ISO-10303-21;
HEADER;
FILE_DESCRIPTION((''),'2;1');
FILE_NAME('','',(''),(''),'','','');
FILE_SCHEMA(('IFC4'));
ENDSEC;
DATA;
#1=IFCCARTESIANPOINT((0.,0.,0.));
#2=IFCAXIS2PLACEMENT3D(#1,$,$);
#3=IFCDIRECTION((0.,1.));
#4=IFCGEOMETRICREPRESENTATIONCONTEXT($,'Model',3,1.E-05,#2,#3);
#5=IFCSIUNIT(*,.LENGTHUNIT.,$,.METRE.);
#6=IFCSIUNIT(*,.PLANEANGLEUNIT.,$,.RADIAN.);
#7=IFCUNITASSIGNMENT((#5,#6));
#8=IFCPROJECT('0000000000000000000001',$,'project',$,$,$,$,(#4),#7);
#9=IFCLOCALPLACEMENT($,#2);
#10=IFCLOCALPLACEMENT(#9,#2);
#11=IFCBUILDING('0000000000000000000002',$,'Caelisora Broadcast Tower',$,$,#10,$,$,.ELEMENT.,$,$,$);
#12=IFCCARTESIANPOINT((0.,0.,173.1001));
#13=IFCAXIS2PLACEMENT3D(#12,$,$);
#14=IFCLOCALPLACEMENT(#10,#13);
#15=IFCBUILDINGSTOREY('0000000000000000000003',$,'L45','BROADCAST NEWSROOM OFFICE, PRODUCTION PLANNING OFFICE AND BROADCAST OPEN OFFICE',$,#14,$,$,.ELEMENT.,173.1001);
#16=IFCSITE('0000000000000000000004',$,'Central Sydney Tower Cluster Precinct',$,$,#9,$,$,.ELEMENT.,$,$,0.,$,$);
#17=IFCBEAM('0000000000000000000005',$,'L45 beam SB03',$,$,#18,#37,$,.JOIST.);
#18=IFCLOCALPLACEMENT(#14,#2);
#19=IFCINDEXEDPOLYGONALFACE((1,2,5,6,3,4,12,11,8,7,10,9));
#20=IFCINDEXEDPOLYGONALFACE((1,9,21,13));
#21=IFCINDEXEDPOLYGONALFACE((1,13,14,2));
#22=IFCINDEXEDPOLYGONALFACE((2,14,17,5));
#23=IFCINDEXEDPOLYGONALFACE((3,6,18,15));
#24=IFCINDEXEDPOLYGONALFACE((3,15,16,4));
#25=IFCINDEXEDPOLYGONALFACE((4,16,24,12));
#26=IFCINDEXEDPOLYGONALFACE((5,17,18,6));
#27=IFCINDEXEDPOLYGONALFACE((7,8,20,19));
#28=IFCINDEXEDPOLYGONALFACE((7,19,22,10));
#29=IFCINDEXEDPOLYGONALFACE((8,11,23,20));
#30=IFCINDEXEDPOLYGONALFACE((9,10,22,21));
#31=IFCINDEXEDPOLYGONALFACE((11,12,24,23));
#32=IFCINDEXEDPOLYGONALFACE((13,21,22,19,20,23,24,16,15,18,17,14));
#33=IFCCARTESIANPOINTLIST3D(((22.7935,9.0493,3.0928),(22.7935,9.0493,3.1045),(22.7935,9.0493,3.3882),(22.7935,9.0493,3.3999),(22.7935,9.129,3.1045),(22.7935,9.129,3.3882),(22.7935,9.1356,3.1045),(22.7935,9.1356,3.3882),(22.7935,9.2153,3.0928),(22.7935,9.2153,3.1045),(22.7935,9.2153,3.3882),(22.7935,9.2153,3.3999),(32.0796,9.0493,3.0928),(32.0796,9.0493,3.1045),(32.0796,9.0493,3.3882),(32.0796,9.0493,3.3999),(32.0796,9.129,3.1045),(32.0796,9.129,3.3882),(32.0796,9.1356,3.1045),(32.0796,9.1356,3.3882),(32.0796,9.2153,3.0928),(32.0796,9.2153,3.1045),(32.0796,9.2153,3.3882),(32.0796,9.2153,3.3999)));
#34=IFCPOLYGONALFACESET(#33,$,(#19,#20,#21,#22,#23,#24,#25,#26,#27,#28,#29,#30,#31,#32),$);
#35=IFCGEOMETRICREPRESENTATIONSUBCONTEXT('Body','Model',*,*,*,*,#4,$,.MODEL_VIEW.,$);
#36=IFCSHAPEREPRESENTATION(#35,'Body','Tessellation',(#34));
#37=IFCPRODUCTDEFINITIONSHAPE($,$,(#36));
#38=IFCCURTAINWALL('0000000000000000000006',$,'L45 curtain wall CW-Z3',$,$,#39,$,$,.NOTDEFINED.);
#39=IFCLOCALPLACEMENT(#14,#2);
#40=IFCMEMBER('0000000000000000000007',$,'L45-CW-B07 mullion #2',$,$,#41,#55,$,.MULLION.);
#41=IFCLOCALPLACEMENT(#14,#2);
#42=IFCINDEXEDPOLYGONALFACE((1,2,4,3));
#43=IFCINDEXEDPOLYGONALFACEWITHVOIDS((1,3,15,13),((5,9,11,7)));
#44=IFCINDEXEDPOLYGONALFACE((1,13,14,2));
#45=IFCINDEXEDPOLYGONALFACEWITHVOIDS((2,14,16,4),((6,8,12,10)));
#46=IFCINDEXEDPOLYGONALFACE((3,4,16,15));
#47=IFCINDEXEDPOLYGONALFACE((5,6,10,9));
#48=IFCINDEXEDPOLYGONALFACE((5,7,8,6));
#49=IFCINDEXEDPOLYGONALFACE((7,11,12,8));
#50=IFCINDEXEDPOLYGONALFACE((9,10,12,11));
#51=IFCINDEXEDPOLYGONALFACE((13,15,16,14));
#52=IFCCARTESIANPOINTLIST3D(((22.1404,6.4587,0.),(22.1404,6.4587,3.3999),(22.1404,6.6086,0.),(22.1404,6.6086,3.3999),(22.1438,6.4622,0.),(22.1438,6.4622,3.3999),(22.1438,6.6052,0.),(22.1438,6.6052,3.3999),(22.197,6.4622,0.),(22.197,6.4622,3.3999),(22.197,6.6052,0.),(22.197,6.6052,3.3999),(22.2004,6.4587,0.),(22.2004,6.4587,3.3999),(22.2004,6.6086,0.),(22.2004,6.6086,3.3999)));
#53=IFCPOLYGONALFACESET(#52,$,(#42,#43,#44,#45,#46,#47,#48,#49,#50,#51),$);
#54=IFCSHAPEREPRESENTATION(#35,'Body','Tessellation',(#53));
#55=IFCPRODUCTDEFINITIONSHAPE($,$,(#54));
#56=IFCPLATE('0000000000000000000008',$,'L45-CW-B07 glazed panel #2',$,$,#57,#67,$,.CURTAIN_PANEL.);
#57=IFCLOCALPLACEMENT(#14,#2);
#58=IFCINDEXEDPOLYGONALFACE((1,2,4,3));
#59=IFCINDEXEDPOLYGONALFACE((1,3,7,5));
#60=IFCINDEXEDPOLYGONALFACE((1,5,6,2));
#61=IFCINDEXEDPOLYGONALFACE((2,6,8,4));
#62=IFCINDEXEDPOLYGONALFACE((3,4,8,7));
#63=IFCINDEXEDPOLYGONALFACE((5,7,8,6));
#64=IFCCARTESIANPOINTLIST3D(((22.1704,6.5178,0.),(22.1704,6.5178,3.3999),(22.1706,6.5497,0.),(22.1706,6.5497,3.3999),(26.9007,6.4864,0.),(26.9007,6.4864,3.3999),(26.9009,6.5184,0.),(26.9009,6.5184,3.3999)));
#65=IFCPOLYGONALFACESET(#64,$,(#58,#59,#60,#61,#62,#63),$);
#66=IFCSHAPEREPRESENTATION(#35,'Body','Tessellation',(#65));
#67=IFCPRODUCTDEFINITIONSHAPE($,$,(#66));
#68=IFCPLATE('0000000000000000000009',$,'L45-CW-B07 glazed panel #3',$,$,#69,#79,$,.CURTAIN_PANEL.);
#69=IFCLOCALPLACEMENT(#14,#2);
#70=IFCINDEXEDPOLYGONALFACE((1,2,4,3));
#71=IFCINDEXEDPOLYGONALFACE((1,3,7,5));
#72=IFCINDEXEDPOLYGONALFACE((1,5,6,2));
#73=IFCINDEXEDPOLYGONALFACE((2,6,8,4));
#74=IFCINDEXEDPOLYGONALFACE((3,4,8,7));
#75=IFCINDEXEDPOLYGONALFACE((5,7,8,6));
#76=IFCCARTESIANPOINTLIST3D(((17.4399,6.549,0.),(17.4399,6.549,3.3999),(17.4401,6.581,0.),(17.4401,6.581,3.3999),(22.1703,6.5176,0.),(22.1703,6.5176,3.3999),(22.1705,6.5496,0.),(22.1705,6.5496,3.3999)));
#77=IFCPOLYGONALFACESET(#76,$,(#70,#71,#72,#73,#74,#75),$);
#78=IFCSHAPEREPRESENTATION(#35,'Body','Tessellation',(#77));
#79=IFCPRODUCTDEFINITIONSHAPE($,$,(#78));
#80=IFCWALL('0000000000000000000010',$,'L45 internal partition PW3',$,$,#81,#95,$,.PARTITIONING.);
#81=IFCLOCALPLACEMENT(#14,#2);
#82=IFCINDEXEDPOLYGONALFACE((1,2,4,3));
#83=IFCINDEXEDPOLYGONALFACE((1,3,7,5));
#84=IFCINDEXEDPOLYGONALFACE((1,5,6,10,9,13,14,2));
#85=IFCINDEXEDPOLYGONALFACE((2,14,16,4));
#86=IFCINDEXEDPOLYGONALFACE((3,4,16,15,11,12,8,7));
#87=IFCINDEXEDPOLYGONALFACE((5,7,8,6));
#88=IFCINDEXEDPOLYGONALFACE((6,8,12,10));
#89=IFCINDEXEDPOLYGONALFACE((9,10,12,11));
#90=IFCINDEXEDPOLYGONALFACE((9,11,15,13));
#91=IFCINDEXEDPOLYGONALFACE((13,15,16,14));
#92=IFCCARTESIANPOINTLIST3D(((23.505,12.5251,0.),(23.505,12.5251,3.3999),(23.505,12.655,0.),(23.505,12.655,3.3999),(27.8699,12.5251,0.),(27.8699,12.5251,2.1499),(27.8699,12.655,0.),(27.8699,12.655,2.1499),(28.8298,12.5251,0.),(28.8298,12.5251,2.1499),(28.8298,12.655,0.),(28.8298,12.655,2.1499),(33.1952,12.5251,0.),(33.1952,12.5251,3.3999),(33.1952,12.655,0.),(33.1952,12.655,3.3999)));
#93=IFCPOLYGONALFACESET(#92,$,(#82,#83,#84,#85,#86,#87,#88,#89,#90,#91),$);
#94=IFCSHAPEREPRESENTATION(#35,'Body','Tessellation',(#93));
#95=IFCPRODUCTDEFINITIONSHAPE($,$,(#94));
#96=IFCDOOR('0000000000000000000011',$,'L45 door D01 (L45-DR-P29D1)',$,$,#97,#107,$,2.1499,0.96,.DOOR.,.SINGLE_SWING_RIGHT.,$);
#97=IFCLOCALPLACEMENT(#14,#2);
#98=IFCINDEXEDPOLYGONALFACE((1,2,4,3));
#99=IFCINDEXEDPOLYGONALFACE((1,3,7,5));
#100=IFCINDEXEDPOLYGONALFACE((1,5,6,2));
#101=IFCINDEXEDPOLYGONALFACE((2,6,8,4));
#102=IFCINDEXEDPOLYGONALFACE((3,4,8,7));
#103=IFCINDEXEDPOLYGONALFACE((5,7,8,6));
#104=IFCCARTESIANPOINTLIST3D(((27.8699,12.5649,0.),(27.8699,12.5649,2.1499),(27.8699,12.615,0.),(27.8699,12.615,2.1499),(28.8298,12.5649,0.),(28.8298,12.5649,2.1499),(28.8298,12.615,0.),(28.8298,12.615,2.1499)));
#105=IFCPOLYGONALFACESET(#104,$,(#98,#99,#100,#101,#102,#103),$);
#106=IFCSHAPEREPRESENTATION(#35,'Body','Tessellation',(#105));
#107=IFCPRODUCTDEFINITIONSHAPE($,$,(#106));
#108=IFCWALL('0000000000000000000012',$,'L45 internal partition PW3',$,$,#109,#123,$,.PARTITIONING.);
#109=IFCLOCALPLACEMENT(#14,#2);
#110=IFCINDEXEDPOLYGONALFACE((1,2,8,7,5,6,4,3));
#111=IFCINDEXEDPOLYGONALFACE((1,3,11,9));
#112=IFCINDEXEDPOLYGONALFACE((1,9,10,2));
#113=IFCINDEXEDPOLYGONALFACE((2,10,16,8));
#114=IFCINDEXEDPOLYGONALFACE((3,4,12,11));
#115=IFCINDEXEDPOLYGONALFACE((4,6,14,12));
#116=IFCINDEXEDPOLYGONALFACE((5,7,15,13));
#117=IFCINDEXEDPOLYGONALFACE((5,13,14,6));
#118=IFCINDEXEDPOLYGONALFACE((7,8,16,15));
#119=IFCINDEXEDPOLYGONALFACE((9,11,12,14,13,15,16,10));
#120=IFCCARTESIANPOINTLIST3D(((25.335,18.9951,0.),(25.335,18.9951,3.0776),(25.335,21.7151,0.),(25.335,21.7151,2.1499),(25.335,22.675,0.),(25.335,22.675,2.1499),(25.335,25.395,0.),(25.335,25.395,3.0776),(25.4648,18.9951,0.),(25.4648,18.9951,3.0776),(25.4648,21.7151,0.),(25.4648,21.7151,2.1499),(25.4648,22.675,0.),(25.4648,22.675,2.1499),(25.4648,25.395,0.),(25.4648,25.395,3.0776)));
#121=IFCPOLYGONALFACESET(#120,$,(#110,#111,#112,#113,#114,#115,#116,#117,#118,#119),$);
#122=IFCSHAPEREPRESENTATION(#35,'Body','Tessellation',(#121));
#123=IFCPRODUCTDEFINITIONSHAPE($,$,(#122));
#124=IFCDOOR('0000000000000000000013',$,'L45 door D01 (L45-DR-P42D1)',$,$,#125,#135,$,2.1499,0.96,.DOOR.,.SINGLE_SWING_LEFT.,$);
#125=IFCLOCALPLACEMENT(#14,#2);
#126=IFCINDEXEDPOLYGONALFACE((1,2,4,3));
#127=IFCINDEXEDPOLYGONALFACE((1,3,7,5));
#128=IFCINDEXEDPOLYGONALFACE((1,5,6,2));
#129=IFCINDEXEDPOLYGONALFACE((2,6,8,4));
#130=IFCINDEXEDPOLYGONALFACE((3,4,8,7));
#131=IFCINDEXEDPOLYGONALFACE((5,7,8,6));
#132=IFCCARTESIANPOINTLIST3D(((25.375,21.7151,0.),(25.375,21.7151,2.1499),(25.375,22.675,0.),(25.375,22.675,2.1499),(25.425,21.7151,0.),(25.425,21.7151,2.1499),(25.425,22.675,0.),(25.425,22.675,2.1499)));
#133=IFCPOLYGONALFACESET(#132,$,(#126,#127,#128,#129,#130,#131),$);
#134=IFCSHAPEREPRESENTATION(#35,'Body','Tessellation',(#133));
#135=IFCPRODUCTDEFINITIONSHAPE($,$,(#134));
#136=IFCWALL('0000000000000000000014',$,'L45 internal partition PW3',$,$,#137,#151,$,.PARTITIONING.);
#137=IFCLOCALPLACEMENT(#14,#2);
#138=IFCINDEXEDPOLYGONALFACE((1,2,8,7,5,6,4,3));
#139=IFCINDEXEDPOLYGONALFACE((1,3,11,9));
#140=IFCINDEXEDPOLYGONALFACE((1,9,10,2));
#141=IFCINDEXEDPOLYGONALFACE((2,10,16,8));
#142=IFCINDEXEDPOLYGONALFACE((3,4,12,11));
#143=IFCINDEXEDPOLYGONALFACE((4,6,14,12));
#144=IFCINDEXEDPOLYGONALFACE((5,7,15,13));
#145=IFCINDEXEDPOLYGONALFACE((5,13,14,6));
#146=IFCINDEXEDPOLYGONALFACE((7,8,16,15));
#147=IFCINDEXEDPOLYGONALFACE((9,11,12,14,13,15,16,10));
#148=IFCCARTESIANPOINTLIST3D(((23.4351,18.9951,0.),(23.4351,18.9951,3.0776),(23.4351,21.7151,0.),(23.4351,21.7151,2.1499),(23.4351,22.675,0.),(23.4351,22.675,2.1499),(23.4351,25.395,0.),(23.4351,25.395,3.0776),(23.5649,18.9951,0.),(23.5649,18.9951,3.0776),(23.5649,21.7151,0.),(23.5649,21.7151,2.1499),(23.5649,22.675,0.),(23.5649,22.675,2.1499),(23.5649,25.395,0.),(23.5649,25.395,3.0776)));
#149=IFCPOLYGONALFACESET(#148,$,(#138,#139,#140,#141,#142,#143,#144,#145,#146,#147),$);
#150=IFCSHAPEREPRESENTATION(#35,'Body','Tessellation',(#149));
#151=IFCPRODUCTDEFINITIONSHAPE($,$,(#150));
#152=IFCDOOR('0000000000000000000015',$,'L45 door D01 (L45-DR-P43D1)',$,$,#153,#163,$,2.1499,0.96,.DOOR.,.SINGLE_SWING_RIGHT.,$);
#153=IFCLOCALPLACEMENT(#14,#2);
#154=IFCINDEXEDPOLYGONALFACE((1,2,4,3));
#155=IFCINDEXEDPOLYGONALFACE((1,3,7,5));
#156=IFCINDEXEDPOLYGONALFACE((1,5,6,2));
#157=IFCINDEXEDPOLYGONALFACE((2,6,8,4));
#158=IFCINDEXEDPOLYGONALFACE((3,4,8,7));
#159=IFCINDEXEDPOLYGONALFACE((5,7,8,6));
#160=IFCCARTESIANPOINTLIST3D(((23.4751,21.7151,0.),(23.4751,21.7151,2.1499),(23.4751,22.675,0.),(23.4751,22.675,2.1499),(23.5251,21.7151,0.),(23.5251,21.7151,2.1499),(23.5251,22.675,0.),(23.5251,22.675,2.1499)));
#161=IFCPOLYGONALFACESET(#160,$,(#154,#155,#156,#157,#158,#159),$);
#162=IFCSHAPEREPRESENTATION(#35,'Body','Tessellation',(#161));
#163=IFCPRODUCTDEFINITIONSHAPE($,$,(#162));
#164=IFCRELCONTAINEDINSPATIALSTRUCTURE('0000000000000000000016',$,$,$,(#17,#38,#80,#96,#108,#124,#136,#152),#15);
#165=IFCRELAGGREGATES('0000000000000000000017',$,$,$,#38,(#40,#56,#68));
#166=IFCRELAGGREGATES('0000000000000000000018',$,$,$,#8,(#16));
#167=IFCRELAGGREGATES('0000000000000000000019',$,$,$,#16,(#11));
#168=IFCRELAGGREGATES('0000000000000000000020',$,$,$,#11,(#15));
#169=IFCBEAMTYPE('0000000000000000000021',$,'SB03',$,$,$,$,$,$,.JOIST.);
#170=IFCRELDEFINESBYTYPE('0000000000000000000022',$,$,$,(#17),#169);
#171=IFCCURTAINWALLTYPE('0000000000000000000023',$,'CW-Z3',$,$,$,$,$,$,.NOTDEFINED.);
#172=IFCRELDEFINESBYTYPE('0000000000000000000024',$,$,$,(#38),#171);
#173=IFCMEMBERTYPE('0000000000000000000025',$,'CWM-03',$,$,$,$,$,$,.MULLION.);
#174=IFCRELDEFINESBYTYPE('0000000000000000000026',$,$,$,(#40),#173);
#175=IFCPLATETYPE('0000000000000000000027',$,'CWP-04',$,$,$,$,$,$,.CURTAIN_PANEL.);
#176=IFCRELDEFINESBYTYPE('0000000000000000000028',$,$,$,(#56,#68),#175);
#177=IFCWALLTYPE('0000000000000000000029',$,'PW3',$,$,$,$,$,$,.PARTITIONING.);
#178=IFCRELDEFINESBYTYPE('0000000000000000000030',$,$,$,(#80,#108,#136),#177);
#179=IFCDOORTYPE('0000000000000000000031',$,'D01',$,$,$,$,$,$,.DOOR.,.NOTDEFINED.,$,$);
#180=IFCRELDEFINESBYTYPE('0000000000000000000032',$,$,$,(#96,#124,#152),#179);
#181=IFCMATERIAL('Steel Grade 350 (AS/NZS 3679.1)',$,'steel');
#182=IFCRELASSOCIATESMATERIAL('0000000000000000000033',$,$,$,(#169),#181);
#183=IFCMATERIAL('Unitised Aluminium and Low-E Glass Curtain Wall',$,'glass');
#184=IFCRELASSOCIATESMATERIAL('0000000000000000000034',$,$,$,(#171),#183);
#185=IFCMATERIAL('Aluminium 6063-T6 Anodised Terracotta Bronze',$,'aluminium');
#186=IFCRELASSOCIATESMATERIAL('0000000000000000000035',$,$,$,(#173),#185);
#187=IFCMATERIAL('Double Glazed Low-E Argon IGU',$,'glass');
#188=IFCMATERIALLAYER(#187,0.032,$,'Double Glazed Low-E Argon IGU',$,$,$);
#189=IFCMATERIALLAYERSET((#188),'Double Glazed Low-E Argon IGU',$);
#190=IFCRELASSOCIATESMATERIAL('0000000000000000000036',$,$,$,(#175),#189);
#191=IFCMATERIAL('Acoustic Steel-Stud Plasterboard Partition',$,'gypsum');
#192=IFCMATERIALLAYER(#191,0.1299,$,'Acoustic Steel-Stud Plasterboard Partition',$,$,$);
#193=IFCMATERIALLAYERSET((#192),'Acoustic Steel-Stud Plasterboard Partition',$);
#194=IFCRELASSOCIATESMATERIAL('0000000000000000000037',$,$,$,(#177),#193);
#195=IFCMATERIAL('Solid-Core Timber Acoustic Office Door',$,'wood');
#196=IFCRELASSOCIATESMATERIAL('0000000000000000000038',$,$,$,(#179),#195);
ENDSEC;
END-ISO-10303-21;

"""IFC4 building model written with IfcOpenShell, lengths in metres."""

from ifc_helpers import new_model, si_unit, direction, frame, frame_2d, origin, origin_2d, place, context, subcontext, project, spatial, rectangle, hollow_rectangle, i_section, extrude, source, transform, mapped, material, layer, layer_set, material_profile, profile_set, type_object, type_shapes, element, fill, aggregate, save


model = new_model("IFC4")

# Units and contexts
model_context = context("Model", 3, precision=1e-05, world=origin(), true_north=direction((0.0, 1.0)))
body_context = subcontext(model_context, "Body", "Model", "MODEL_VIEW")
ifc_project = project(units=[si_unit("LENGTHUNIT", "METRE"), si_unit("PLANEANGLEUNIT", "RADIAN")], contexts=[model_context])

# Site, building, storey
site_placement = place(None, origin())
site = spatial("IfcSite", under=ifc_project, at=site_placement, Name="Central Sydney Tower Cluster Precinct", CompositionType="ELEMENT", RefElevation=0.0)
building_placement = place(site_placement, origin())
building = spatial("IfcBuilding", under=site, at=building_placement, Name="Caelisora Broadcast Tower", CompositionType="ELEMENT")
storey_placement = place(building_placement, frame((0.0, 0.0, 173.1001)))
storey = spatial("IfcBuildingStorey", under=building, at=storey_placement, Name="L45", Description="BROADCAST NEWSROOM OFFICE, PRODUCTION PLANNING OFFICE AND BROADCAST OPEN OFFICE", CompositionType="ELEMENT", Elevation=173.1001)

# Beam
ifc_material_1 = material(Name="Steel Grade 350 (AS/NZS 3679.1)", Category="steel")
ifc_material_profile_1 = material_profile(ifc_material_1, i_section(OverallWidth=0.166, OverallDepth=0.3071, WebThickness=0.0066, FlangeThickness=0.0117, at=origin_2d()), Name="Steel Grade 350 (AS/NZS 3679.1)")
ifc_profile_set_1 = profile_set([ifc_material_profile_1], Name="Steel Grade 350 (AS/NZS 3679.1)")
beam_type_1 = type_object("IfcBeamType", Name="SB03", PredefinedType="JOIST", material=ifc_profile_set_1)
shared_shape_1 = source(origin(), body_context, "Body", "SweptSolid", [
    extrude(i_section(OverallWidth=0.166, OverallDepth=0.3071, WebThickness=0.0066, FlangeThickness=0.0117, at=origin_2d()), origin(), (0.0, 0.0, 1.0), 9.2861),
])
beam_1_placement = place(storey_placement, frame((22.7935, 9.1323, 3.2463), z_axis=(1.0, 0.0, 0.0), x_axis=(0.0, 1.0, 0.0)))
element("IfcBeam", 1, at=beam_1_placement, inside=storey, type_object=beam_type_1, Name="L45 beam SB03", PredefinedType="JOIST", context=body_context, shape_type="MappedRepresentation", body=[
    mapped(shared_shape_1, transform((0.0, 0.0, 0.0), scale=1.0)),
])

# Curtain wall, member, plates
ifc_material_2 = material(Name="Unitised Aluminium and Low-E Glass Curtain Wall", Category="glass")
curtain_wall_type = type_object("IfcCurtainWallType", Name="CW-Z3", PredefinedType="NOTDEFINED", material=ifc_material_2)
curtain_wall_placement = place(storey_placement, origin())
curtain_wall = element("IfcCurtainWall", 2, at=curtain_wall_placement, inside=storey, type_object=curtain_wall_type, Name="L45 curtain wall CW-Z3", PredefinedType="NOTDEFINED")
ifc_material_3 = material(Name="Aluminium 6063-T6 Anodised Terracotta Bronze", Category="aluminium")
ifc_material_profile_2 = material_profile(ifc_material_3, hollow_rectangle(XDim=0.0601, YDim=0.1499, WallThickness=0.0034, at=origin_2d()), Name="Aluminium 6063-T6 Anodised Terracotta Bronze")
ifc_profile_set_2 = profile_set([ifc_material_profile_2], Name="Aluminium 6063-T6 Anodised Terracotta Bronze")
member_type = type_object("IfcMemberType", Name="CWM-03", PredefinedType="MULLION", material=ifc_profile_set_2)
shared_shape_2 = source(origin(), body_context, "Body", "SweptSolid", [
    extrude(hollow_rectangle(XDim=0.0601, YDim=0.1499, WallThickness=0.0034, at=origin_2d()), origin(), (0.0, 0.0, 1.0), 3.3999),
])
type_shapes(member_type, [shared_shape_2])
member_placement = place(storey_placement, frame((22.1704, 6.5337, 0.0), z_axis=(0.0, 0.0, 1.0), x_axis=(1.0, 0.0, 0.0)))
member = element("IfcMember", 3, at=member_placement, type_object=member_type, Name="L45-CW-B07 mullion #2", PredefinedType="MULLION", context=body_context, shape_type="MappedRepresentation", body=[
    mapped(shared_shape_2, transform((0.0, 0.0, 0.0), scale=1.0)),
])
ifc_material_4 = material(Name="Double Glazed Low-E Argon IGU", Category="glass")
ifc_layer_1 = layer(ifc_material_4, 0.032, Name="Double Glazed Low-E Argon IGU")
ifc_layer_set_1 = layer_set([ifc_layer_1], Name="Double Glazed Low-E Argon IGU")
plate_type = type_object("IfcPlateType", Name="CWP-04", PredefinedType="CURTAIN_PANEL", material=ifc_layer_set_1)
shared_shape_3 = source(origin(), body_context, "Body", "SweptSolid", [
    extrude(rectangle(XDim=4.7305, YDim=0.032, at=origin_2d()), origin(), (0.0, 0.0, 1.0), 3.3999),
])
type_shapes(plate_type, [shared_shape_3])
plate_1_placement = place(storey_placement, frame((24.5356, 6.5181, 0.0), z_axis=(0.0, 0.0, 1.0), x_axis=(-0.999978, 0.006632, 0.0)))
plate_1 = element("IfcPlate", 4, at=plate_1_placement, type_object=plate_type, Name="L45-CW-B07 glazed panel #2", PredefinedType="CURTAIN_PANEL", context=body_context, shape_type="MappedRepresentation", body=[
    mapped(shared_shape_3, transform((0.0, 0.0, 0.0), scale=1.0)),
])
plate_2_placement = place(storey_placement, frame((19.8052, 6.5493, 0.0), z_axis=(0.0, 0.0, 1.0), x_axis=(-0.999978, 0.006632, 0.0)))
plate_2 = element("IfcPlate", 5, at=plate_2_placement, type_object=plate_type, Name="L45-CW-B07 glazed panel #3", PredefinedType="CURTAIN_PANEL", context=body_context, shape_type="MappedRepresentation", body=[
    mapped(shared_shape_3, transform((0.0, 0.0, 0.0), scale=1.0)),
])
aggregate(curtain_wall, [member, plate_1, plate_2])

# Walls, openings, doors
ifc_material_5 = material(Name="Acoustic Steel-Stud Plasterboard Partition", Category="gypsum")
ifc_layer_2 = layer(ifc_material_5, 0.1299, Name="Acoustic Steel-Stud Plasterboard Partition")
ifc_layer_set_2 = layer_set([ifc_layer_2], Name="Acoustic Steel-Stud Plasterboard Partition")
wall_type = type_object("IfcWallType", Name="PW3", PredefinedType="PARTITIONING", material=ifc_layer_set_2)
wall_1_placement = place(storey_placement, frame((23.5049, 12.5901, 0.0), z_axis=(0.0, 0.0, 1.0), x_axis=(1.0, 0.0, 0.0)))
wall_1 = element("IfcWall", 6, at=wall_1_placement, inside=storey, type_object=wall_type, Name="L45 internal partition PW3", PredefinedType="PARTITIONING", context=body_context, shape_type="SweptSolid", body=[
    extrude(rectangle(XDim=9.6902, YDim=0.1299, at=frame_2d((4.8452, 0.0))), origin(), (0.0, 0.0, 1.0), 3.3999),
])
opening_1_placement = place(wall_1_placement, frame((4.365, 0.0, 0.0)))
opening_1 = element("IfcOpeningElement", 7, at=opening_1_placement, cuts=wall_1, PredefinedType="OPENING", context=body_context, shape_type="SweptSolid", body=[
    extrude(rectangle(XDim=0.96, YDim=2.1499, at=frame_2d((0.48, 1.075))), frame((0.0, 0.0769, 0.0), z_axis=(0.0, -1.0, 0.0), x_axis=(1.0, 0.0, 0.0)), (0.0, 0.0, 1.0), 0.1538),
])
ifc_material_6 = material(Name="Solid-Core Timber Acoustic Office Door", Category="wood")
door_type = type_object("IfcDoorType", Name="D01", OperationType="NOTDEFINED", PredefinedType="DOOR", material=ifc_material_6)
door_1_placement = place(opening_1_placement, origin())
door_1 = element("IfcDoor", 8, at=door_1_placement, inside=storey, type_object=door_type, Name="L45 door D01 (L45-DR-P29D1)", OperationType="SINGLE_SWING_RIGHT", OverallHeight=2.1499, OverallWidth=0.96, PredefinedType="DOOR", context=body_context, shape_type="SweptSolid", body=[
    extrude(rectangle(XDim=0.96, YDim=2.1499, at=frame_2d((0.48, 1.075))), frame((0.0, 0.0249, 0.0), z_axis=(0.0, -1.0, 0.0), x_axis=(1.0, 0.0, 0.0)), (0.0, 0.0, 1.0), 0.05),
])
fill(opening_1, door_1)
wall_2_placement = place(storey_placement, frame((25.3999, 18.9951, 0.0), z_axis=(0.0, 0.0, 1.0), x_axis=(0.0, 1.0, 0.0)))
wall_2 = element("IfcWall", 9, at=wall_2_placement, inside=storey, type_object=wall_type, Name="L45 internal partition PW3", PredefinedType="PARTITIONING", context=body_context, shape_type="SweptSolid", body=[
    extrude(rectangle(XDim=6.3999, YDim=0.1299, at=frame_2d((3.2, 0.0))), origin(), (0.0, 0.0, 1.0), 3.0776),
])
opening_2_placement = place(wall_2_placement, frame((2.72, 0.0, 0.0)))
opening_2 = element("IfcOpeningElement", 10, at=opening_2_placement, cuts=wall_2, PredefinedType="OPENING", context=body_context, shape_type="SweptSolid", body=[
    extrude(rectangle(XDim=0.96, YDim=2.1499, at=frame_2d((0.48, 1.075))), frame((0.0, 0.0769, 0.0), z_axis=(0.0, -1.0, 0.0), x_axis=(1.0, 0.0, 0.0)), (0.0, 0.0, 1.0), 0.1538),
])
door_2_placement = place(opening_2_placement, origin())
door_2 = element("IfcDoor", 11, at=door_2_placement, inside=storey, type_object=door_type, Name="L45 door D01 (L45-DR-P42D1)", OperationType="SINGLE_SWING_LEFT", OverallHeight=2.1499, OverallWidth=0.96, PredefinedType="DOOR", context=body_context, shape_type="SweptSolid", body=[
    extrude(rectangle(XDim=0.96, YDim=2.1499, at=frame_2d((0.48, 1.075))), frame((0.0, 0.0249, 0.0), z_axis=(0.0, -1.0, 0.0), x_axis=(1.0, 0.0, 0.0)), (0.0, 0.0, 1.0), 0.05),
])
fill(opening_2, door_2)
wall_3_placement = place(storey_placement, frame((23.5, 18.9951, 0.0), z_axis=(0.0, 0.0, 1.0), x_axis=(0.0, 1.0, 0.0)))
wall_3 = element("IfcWall", 12, at=wall_3_placement, inside=storey, type_object=wall_type, Name="L45 internal partition PW3", PredefinedType="PARTITIONING", context=body_context, shape_type="SweptSolid", body=[
    extrude(rectangle(XDim=6.3999, YDim=0.1299, at=frame_2d((3.2, 0.0))), origin(), (0.0, 0.0, 1.0), 3.0776),
])
opening_3_placement = place(wall_3_placement, frame((2.72, 0.0, 0.0)))
opening_3 = element("IfcOpeningElement", 13, at=opening_3_placement, cuts=wall_3, PredefinedType="OPENING", context=body_context, shape_type="SweptSolid", body=[
    extrude(rectangle(XDim=0.96, YDim=2.1499, at=frame_2d((0.48, 1.075))), frame((0.0, 0.0769, 0.0), z_axis=(0.0, -1.0, 0.0), x_axis=(1.0, 0.0, 0.0)), (0.0, 0.0, 1.0), 0.1538),
])
door_3_placement = place(opening_3_placement, origin())
door_3 = element("IfcDoor", 14, at=door_3_placement, inside=storey, type_object=door_type, Name="L45 door D01 (L45-DR-P43D1)", OperationType="SINGLE_SWING_RIGHT", OverallHeight=2.1499, OverallWidth=0.96, PredefinedType="DOOR", context=body_context, shape_type="SweptSolid", body=[
    extrude(rectangle(XDim=0.96, YDim=2.1499, at=frame_2d((0.48, 1.075))), frame((0.0, 0.0249, 0.0), z_axis=(0.0, -1.0, 0.0), x_axis=(1.0, 0.0, 0.0)), (0.0, 0.0, 1.0), 0.05),
])
fill(opening_3, door_3)

save(model, "model.ifc")
